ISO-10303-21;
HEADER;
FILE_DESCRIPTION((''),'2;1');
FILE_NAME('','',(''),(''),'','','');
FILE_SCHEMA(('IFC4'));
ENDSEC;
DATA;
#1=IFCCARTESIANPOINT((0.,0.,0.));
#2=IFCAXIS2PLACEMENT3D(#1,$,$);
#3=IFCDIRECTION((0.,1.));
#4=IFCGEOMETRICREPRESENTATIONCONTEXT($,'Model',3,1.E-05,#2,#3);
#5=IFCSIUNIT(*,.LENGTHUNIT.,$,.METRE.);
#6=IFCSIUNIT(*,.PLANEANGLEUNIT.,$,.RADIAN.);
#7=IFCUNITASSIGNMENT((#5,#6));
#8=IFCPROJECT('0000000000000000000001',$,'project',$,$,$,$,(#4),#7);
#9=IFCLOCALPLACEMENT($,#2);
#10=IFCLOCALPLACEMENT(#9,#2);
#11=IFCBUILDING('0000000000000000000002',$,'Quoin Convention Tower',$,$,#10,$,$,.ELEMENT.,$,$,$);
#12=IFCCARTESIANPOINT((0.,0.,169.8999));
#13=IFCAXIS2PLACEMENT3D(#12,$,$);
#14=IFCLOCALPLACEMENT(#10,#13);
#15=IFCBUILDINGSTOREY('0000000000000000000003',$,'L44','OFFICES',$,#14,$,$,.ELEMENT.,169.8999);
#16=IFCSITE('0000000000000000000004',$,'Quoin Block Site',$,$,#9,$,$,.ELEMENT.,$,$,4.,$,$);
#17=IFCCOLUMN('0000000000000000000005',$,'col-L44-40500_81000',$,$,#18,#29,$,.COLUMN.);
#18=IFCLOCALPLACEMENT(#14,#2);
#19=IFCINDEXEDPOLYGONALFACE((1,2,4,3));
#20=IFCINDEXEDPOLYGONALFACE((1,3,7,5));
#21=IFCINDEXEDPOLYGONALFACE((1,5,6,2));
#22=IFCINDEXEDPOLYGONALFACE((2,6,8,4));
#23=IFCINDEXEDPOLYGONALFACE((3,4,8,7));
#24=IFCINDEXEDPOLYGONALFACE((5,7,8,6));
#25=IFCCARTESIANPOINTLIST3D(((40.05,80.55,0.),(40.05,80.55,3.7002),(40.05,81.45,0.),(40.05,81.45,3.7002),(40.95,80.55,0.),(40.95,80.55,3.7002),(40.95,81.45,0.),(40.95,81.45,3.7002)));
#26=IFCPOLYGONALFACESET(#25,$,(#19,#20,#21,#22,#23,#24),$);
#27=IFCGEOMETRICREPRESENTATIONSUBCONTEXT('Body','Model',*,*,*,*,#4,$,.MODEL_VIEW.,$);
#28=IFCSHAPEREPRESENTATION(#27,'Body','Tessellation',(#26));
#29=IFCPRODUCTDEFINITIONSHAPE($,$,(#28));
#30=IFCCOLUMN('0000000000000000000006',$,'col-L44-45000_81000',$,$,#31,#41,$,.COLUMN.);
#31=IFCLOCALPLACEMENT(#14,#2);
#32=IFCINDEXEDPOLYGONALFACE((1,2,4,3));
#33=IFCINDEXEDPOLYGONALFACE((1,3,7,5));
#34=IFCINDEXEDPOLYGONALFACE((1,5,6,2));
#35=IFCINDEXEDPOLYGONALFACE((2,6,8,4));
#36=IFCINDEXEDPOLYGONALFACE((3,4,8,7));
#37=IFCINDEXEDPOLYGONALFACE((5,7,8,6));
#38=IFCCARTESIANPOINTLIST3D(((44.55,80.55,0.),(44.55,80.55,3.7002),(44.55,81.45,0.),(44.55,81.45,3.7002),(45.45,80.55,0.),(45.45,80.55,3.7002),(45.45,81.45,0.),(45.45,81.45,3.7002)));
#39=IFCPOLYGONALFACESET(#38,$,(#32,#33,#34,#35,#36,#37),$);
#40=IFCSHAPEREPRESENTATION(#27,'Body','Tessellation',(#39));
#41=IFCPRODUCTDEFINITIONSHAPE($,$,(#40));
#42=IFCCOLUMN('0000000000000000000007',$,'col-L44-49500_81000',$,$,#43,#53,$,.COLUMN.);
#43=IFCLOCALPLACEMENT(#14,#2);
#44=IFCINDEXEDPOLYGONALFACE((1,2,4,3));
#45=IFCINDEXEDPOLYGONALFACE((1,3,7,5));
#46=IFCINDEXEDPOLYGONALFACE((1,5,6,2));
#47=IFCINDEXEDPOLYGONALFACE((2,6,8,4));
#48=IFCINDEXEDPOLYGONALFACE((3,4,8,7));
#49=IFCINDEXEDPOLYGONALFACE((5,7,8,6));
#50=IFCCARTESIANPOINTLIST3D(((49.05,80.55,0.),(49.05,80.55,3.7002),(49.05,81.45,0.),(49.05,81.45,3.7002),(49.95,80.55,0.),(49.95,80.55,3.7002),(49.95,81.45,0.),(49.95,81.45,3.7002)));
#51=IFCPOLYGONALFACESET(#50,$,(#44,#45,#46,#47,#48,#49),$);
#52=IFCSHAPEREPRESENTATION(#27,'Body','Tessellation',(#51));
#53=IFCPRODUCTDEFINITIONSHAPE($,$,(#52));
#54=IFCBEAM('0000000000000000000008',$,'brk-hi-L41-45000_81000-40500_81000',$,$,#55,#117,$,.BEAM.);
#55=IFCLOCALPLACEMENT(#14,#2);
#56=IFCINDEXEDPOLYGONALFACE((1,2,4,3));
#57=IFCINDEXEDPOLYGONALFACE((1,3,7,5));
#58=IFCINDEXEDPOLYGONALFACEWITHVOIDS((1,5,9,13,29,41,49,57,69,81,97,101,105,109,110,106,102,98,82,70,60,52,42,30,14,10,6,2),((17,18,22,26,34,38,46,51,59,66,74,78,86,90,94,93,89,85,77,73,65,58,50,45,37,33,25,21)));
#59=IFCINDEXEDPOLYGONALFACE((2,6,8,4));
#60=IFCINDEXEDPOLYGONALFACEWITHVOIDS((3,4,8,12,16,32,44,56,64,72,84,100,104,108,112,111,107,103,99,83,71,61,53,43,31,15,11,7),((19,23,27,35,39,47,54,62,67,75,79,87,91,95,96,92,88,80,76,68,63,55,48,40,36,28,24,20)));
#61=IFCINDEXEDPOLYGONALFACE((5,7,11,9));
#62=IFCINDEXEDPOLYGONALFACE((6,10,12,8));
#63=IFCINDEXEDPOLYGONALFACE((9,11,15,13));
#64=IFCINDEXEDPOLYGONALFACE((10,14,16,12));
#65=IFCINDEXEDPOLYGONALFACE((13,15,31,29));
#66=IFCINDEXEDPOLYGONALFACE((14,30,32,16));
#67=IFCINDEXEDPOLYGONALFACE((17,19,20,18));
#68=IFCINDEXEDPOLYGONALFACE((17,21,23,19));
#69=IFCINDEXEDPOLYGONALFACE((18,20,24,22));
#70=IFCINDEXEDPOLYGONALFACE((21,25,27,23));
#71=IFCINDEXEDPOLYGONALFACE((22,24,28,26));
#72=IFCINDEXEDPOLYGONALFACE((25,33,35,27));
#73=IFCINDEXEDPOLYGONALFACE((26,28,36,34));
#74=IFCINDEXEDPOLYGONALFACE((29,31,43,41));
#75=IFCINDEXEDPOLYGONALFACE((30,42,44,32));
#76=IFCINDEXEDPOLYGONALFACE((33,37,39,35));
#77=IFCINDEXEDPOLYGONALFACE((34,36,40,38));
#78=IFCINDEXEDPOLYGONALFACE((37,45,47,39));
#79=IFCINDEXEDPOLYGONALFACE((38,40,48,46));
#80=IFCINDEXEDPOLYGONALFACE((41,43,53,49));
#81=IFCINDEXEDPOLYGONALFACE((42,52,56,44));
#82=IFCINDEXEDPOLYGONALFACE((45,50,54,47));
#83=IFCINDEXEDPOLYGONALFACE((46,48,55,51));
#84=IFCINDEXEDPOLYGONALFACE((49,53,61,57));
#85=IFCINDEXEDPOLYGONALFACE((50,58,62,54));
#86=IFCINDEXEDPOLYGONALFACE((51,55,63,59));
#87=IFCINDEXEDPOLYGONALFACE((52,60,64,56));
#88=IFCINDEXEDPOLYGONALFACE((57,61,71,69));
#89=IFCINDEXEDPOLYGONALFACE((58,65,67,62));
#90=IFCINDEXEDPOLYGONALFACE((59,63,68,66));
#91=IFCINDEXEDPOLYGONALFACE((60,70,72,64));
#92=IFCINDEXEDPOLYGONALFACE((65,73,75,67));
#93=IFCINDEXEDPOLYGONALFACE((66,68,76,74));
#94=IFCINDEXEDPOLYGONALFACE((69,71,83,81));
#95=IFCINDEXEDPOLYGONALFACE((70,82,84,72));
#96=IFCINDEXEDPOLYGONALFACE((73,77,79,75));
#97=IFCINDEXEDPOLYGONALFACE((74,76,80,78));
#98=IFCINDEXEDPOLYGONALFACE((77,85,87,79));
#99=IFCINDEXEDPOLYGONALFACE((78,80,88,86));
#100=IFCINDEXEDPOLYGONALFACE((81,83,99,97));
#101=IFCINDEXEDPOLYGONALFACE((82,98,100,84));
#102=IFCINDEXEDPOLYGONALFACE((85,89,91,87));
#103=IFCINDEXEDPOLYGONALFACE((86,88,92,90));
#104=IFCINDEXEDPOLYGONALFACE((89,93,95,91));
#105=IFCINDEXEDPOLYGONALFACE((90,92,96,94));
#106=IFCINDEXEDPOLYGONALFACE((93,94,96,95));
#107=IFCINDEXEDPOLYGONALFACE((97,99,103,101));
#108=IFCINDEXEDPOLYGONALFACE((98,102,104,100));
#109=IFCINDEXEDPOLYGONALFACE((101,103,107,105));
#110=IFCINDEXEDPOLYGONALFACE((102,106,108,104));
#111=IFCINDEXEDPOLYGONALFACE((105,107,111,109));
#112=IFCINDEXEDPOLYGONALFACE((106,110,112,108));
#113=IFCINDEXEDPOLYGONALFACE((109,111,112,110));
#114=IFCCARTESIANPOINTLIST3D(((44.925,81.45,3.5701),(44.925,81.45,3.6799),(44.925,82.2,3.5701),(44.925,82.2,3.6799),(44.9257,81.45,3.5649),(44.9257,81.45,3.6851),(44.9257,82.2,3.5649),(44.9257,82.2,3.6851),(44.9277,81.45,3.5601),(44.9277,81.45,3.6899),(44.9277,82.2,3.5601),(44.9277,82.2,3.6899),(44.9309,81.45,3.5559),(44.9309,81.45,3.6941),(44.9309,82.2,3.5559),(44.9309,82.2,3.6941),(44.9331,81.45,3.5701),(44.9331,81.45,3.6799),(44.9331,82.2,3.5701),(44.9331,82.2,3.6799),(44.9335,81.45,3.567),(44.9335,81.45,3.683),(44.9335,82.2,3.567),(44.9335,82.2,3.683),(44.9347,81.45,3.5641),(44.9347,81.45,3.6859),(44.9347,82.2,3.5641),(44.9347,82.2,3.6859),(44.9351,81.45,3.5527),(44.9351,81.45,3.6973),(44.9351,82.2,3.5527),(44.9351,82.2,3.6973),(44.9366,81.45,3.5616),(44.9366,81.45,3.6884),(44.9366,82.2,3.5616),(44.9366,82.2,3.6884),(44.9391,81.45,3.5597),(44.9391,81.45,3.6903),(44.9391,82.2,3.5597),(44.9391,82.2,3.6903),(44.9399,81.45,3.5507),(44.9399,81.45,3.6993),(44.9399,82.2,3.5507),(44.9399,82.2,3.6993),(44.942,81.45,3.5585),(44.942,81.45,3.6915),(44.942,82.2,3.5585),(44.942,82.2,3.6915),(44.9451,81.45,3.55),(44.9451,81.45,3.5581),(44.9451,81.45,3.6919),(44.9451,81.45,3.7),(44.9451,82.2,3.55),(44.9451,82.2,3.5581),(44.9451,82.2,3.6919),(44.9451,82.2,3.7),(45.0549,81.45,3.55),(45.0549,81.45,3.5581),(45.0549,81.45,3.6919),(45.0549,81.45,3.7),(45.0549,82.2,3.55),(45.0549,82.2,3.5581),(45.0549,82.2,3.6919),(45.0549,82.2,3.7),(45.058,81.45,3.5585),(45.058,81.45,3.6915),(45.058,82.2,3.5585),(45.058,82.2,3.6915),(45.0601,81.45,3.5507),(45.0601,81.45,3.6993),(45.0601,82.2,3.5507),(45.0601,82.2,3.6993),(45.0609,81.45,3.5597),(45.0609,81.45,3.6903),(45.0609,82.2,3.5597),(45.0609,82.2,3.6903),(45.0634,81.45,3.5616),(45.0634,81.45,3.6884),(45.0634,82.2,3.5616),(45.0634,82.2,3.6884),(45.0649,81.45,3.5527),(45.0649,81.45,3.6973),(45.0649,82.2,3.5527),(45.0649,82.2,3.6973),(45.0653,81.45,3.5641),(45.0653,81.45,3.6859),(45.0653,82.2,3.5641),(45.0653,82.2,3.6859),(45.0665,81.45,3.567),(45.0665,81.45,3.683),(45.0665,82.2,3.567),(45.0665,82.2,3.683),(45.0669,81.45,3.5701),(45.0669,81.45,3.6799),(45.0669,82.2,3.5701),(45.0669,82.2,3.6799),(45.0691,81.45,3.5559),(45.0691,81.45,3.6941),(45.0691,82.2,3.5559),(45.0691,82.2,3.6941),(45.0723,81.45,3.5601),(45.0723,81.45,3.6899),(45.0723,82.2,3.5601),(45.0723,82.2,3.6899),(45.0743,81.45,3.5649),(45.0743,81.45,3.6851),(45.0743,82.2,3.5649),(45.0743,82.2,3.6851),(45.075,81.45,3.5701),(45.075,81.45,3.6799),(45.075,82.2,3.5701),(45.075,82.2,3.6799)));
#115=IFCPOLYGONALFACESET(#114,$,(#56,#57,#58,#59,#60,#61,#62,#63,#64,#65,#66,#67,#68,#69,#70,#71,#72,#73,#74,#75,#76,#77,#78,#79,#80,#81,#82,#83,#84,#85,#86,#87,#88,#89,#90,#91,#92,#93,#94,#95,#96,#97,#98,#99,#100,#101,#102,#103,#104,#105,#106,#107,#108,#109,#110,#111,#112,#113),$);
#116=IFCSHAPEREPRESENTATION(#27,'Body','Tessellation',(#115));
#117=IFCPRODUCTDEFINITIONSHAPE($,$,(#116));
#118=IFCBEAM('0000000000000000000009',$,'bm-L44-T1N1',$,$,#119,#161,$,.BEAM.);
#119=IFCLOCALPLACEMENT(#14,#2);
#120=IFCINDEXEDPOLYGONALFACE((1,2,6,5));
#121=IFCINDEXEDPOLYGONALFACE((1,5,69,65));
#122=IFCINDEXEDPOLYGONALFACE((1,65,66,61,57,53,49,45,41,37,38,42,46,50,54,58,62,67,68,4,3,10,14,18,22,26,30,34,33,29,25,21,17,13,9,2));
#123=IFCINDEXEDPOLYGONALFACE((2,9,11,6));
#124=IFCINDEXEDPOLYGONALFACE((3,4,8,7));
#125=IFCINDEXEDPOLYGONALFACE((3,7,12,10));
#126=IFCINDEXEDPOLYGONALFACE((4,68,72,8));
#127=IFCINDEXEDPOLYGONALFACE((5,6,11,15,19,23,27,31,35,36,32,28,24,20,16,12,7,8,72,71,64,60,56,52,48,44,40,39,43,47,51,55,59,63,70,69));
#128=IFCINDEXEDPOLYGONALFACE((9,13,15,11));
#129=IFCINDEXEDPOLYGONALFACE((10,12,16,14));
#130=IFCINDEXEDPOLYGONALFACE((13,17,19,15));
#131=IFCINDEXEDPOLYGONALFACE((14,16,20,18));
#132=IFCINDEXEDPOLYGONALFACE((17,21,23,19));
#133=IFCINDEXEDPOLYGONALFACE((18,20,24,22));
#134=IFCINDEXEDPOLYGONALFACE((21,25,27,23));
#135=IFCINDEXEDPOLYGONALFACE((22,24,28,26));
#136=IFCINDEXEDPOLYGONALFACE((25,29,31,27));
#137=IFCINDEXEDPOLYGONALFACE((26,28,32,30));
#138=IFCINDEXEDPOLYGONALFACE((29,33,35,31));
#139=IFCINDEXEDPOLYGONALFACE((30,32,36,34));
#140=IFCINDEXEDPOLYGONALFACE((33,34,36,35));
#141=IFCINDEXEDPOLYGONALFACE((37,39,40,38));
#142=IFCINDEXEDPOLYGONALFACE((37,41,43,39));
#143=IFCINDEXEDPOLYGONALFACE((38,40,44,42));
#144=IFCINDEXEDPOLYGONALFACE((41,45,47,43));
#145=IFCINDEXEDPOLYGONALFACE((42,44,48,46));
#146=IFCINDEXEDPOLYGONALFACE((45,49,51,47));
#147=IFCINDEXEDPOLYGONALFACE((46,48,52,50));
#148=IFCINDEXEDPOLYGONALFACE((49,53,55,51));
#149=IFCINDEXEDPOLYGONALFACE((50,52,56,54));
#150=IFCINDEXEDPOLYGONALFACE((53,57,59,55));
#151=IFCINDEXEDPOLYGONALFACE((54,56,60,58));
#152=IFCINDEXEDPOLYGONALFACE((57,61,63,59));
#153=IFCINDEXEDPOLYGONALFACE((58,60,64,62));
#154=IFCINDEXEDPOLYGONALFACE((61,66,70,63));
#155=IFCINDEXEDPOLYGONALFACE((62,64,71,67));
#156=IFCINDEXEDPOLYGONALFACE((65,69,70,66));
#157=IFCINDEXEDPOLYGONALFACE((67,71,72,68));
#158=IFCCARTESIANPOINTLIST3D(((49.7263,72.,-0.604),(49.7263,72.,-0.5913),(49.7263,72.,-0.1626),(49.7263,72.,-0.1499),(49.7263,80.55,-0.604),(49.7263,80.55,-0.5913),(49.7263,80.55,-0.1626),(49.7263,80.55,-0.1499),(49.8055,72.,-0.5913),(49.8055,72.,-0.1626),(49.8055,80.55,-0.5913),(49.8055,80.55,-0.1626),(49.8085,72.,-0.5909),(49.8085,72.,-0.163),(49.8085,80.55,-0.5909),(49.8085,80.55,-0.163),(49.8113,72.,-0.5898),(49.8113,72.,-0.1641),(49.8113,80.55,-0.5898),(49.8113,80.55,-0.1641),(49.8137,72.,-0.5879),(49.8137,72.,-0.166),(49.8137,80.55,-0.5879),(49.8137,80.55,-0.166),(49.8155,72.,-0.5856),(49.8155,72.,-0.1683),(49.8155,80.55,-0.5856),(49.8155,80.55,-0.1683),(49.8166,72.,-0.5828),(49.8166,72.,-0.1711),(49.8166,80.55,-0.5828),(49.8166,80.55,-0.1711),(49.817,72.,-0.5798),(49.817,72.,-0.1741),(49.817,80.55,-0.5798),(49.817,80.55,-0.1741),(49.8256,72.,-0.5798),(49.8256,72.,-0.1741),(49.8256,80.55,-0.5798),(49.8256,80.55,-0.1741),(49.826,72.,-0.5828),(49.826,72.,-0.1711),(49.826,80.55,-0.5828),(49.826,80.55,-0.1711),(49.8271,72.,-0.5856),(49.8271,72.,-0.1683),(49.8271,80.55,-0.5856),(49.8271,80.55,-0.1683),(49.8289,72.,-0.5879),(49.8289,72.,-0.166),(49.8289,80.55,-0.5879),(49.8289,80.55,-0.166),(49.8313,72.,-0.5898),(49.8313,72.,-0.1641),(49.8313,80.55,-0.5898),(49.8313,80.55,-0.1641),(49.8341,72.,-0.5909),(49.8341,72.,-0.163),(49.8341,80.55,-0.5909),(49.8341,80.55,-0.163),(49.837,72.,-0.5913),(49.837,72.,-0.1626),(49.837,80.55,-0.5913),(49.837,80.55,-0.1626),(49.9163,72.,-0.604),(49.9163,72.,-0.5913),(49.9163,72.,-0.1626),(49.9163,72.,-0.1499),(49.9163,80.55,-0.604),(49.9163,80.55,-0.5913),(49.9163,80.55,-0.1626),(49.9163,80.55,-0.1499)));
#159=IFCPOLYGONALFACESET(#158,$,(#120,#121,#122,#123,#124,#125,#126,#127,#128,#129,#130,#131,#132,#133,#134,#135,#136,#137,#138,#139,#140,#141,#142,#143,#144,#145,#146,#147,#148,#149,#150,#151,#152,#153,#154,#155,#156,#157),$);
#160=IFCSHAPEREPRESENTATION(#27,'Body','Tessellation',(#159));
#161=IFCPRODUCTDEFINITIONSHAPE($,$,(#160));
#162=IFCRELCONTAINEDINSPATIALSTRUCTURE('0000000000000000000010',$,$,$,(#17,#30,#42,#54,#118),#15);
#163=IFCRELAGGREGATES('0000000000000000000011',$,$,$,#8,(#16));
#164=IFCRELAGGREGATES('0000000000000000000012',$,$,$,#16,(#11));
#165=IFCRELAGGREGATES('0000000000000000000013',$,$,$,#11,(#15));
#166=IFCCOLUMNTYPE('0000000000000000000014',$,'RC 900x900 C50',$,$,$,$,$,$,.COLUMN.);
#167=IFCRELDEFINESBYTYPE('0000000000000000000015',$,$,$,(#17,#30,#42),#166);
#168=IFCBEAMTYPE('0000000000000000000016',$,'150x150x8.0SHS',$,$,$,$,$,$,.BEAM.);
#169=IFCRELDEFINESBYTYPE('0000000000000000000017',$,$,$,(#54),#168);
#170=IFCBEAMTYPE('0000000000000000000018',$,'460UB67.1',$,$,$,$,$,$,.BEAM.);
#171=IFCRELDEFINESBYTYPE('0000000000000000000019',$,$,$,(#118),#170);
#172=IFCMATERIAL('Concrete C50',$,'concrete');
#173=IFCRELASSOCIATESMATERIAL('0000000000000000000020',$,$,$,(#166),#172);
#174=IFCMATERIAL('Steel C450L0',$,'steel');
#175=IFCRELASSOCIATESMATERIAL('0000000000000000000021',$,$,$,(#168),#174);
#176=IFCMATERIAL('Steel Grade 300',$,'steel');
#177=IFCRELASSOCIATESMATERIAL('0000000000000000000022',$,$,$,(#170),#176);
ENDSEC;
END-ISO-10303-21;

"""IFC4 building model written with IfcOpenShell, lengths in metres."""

from ifc_helpers import new_model, si_unit, direction, frame, origin, origin_2d, place, context, subcontext, project, spatial, rectangle, hollow_rectangle, i_section, extrude, material, material_profile, profile_set, type_object, element, save


model = new_model("IFC4")

# Units and contexts
model_context = context("Model", 3, precision=1e-05, world=origin(), true_north=direction((0.0, 1.0)))
body_context = subcontext(model_context, "Body", "Model", "MODEL_VIEW")
ifc_project = project(units=[si_unit("LENGTHUNIT", "METRE"), si_unit("PLANEANGLEUNIT", "RADIAN")], contexts=[model_context])

# Site, building, storey
site_placement = place(None, origin())
site = spatial("IfcSite", under=ifc_project, at=site_placement, Name="Quoin Block Site", CompositionType="ELEMENT", RefElevation=4.0)
building_placement = place(site_placement, origin())
building = spatial("IfcBuilding", under=site, at=building_placement, Name="Quoin Convention Tower", CompositionType="ELEMENT")
storey_placement = place(building_placement, frame((0.0, 0.0, 169.8999)))
storey = spatial("IfcBuildingStorey", under=building, at=storey_placement, Name="L44", Description="OFFICES", CompositionType="ELEMENT", Elevation=169.8999)

# Columns
ifc_material_1 = material(Name="Concrete C50", Category="concrete")
ifc_material_profile_1 = material_profile(ifc_material_1, rectangle(XDim=0.8999, YDim=0.8999, at=origin_2d()), Name="RC 900x900")
ifc_profile_set_1 = profile_set([ifc_material_profile_1], Name="Concrete C50")
column_type = type_object("IfcColumnType", Name="RC 900x900 C50", PredefinedType="COLUMN", material=ifc_profile_set_1)
for number, where, z_axis, x_axis, name in (
    (1, (40.5, 81.0, 0.0), (0.0, 0.0, 1.0), (1.0, 0.0, 0.0), "col-L44-40500_81000"),
    (2, (45.0, 81.0, 0.0), (0.0, 0.0, 1.0), (1.0, 0.0, 0.0), "col-L44-45000_81000"),
    (3, (49.5, 81.0, 0.0), (0.0, 0.0, 1.0), (1.0, 0.0, 0.0), "col-L44-49500_81000"),
):
    element("IfcColumn", number, at=place(storey_placement, frame(where, z_axis=z_axis, x_axis=x_axis)), inside=storey, type_object=column_type, Name=name, PredefinedType="COLUMN", context=body_context, shape_type="SweptSolid", body=[
        extrude(rectangle(XDim=0.8999, YDim=0.8999, at=origin_2d()), origin(), (0.0, 0.0, 1.0), 3.7002),
    ])

# Beams
ifc_material_2 = material(Name="Steel C450L0", Category="steel")
ifc_material_profile_2 = material_profile(ifc_material_2, hollow_rectangle(XDim=0.1499, YDim=0.1499, WallThickness=0.0081, InnerFilletRadius=0.012, OuterFilletRadius=0.02, at=origin_2d()), Name="150x150x8.0SHS")
ifc_profile_set_2 = profile_set([ifc_material_profile_2], Name="Steel C450L0")
beam_type_1 = type_object("IfcBeamType", Name="150x150x8.0SHS", PredefinedType="BEAM", material=ifc_profile_set_2)
beam_1_placement = place(storey_placement, frame((45.0, 81.45, 3.625), z_axis=(0.0, 1.0, 0.0), x_axis=(-1.0, 0.0, 0.0)))
element("IfcBeam", 4, at=beam_1_placement, inside=storey, type_object=beam_type_1, Name="brk-hi-L41-45000_81000-40500_81000", PredefinedType="BEAM", context=body_context, shape_type="SweptSolid", body=[
    extrude(hollow_rectangle(XDim=0.1499, YDim=0.1499, WallThickness=0.0081, InnerFilletRadius=0.012, OuterFilletRadius=0.02, at=origin_2d()), origin(), (0.0, 0.0, 1.0), 0.75),
])
ifc_material_3 = material(Name="Steel Grade 300", Category="steel")
ifc_material_profile_3 = material_profile(ifc_material_3, i_section(OverallWidth=0.1899, OverallDepth=0.4541, WebThickness=0.0085, FlangeThickness=0.0127, FilletRadius=0.0115, at=origin_2d()), Name="460UB67.1")
ifc_profile_set_3 = profile_set([ifc_material_profile_3], Name="Steel Grade 300")
beam_type_2 = type_object("IfcBeamType", Name="460UB67.1", PredefinedType="BEAM", material=ifc_profile_set_3)
beam_2_placement = place(storey_placement, frame((49.8213, 72.0, -0.377), z_axis=(0.0, 1.0, 0.0), x_axis=(-1.0, 0.0, 0.0)))
element("IfcBeam", 5, at=beam_2_placement, inside=storey, type_object=beam_type_2, Name="bm-L44-T1N1", PredefinedType="BEAM", context=body_context, shape_type="SweptSolid", body=[
    extrude(i_section(OverallWidth=0.1899, OverallDepth=0.4541, WebThickness=0.0085, FlangeThickness=0.0127, FilletRadius=0.0115, at=origin_2d()), origin(), (0.0, 0.0, 1.0), 8.55),
])

save(model, "model.ifc")
